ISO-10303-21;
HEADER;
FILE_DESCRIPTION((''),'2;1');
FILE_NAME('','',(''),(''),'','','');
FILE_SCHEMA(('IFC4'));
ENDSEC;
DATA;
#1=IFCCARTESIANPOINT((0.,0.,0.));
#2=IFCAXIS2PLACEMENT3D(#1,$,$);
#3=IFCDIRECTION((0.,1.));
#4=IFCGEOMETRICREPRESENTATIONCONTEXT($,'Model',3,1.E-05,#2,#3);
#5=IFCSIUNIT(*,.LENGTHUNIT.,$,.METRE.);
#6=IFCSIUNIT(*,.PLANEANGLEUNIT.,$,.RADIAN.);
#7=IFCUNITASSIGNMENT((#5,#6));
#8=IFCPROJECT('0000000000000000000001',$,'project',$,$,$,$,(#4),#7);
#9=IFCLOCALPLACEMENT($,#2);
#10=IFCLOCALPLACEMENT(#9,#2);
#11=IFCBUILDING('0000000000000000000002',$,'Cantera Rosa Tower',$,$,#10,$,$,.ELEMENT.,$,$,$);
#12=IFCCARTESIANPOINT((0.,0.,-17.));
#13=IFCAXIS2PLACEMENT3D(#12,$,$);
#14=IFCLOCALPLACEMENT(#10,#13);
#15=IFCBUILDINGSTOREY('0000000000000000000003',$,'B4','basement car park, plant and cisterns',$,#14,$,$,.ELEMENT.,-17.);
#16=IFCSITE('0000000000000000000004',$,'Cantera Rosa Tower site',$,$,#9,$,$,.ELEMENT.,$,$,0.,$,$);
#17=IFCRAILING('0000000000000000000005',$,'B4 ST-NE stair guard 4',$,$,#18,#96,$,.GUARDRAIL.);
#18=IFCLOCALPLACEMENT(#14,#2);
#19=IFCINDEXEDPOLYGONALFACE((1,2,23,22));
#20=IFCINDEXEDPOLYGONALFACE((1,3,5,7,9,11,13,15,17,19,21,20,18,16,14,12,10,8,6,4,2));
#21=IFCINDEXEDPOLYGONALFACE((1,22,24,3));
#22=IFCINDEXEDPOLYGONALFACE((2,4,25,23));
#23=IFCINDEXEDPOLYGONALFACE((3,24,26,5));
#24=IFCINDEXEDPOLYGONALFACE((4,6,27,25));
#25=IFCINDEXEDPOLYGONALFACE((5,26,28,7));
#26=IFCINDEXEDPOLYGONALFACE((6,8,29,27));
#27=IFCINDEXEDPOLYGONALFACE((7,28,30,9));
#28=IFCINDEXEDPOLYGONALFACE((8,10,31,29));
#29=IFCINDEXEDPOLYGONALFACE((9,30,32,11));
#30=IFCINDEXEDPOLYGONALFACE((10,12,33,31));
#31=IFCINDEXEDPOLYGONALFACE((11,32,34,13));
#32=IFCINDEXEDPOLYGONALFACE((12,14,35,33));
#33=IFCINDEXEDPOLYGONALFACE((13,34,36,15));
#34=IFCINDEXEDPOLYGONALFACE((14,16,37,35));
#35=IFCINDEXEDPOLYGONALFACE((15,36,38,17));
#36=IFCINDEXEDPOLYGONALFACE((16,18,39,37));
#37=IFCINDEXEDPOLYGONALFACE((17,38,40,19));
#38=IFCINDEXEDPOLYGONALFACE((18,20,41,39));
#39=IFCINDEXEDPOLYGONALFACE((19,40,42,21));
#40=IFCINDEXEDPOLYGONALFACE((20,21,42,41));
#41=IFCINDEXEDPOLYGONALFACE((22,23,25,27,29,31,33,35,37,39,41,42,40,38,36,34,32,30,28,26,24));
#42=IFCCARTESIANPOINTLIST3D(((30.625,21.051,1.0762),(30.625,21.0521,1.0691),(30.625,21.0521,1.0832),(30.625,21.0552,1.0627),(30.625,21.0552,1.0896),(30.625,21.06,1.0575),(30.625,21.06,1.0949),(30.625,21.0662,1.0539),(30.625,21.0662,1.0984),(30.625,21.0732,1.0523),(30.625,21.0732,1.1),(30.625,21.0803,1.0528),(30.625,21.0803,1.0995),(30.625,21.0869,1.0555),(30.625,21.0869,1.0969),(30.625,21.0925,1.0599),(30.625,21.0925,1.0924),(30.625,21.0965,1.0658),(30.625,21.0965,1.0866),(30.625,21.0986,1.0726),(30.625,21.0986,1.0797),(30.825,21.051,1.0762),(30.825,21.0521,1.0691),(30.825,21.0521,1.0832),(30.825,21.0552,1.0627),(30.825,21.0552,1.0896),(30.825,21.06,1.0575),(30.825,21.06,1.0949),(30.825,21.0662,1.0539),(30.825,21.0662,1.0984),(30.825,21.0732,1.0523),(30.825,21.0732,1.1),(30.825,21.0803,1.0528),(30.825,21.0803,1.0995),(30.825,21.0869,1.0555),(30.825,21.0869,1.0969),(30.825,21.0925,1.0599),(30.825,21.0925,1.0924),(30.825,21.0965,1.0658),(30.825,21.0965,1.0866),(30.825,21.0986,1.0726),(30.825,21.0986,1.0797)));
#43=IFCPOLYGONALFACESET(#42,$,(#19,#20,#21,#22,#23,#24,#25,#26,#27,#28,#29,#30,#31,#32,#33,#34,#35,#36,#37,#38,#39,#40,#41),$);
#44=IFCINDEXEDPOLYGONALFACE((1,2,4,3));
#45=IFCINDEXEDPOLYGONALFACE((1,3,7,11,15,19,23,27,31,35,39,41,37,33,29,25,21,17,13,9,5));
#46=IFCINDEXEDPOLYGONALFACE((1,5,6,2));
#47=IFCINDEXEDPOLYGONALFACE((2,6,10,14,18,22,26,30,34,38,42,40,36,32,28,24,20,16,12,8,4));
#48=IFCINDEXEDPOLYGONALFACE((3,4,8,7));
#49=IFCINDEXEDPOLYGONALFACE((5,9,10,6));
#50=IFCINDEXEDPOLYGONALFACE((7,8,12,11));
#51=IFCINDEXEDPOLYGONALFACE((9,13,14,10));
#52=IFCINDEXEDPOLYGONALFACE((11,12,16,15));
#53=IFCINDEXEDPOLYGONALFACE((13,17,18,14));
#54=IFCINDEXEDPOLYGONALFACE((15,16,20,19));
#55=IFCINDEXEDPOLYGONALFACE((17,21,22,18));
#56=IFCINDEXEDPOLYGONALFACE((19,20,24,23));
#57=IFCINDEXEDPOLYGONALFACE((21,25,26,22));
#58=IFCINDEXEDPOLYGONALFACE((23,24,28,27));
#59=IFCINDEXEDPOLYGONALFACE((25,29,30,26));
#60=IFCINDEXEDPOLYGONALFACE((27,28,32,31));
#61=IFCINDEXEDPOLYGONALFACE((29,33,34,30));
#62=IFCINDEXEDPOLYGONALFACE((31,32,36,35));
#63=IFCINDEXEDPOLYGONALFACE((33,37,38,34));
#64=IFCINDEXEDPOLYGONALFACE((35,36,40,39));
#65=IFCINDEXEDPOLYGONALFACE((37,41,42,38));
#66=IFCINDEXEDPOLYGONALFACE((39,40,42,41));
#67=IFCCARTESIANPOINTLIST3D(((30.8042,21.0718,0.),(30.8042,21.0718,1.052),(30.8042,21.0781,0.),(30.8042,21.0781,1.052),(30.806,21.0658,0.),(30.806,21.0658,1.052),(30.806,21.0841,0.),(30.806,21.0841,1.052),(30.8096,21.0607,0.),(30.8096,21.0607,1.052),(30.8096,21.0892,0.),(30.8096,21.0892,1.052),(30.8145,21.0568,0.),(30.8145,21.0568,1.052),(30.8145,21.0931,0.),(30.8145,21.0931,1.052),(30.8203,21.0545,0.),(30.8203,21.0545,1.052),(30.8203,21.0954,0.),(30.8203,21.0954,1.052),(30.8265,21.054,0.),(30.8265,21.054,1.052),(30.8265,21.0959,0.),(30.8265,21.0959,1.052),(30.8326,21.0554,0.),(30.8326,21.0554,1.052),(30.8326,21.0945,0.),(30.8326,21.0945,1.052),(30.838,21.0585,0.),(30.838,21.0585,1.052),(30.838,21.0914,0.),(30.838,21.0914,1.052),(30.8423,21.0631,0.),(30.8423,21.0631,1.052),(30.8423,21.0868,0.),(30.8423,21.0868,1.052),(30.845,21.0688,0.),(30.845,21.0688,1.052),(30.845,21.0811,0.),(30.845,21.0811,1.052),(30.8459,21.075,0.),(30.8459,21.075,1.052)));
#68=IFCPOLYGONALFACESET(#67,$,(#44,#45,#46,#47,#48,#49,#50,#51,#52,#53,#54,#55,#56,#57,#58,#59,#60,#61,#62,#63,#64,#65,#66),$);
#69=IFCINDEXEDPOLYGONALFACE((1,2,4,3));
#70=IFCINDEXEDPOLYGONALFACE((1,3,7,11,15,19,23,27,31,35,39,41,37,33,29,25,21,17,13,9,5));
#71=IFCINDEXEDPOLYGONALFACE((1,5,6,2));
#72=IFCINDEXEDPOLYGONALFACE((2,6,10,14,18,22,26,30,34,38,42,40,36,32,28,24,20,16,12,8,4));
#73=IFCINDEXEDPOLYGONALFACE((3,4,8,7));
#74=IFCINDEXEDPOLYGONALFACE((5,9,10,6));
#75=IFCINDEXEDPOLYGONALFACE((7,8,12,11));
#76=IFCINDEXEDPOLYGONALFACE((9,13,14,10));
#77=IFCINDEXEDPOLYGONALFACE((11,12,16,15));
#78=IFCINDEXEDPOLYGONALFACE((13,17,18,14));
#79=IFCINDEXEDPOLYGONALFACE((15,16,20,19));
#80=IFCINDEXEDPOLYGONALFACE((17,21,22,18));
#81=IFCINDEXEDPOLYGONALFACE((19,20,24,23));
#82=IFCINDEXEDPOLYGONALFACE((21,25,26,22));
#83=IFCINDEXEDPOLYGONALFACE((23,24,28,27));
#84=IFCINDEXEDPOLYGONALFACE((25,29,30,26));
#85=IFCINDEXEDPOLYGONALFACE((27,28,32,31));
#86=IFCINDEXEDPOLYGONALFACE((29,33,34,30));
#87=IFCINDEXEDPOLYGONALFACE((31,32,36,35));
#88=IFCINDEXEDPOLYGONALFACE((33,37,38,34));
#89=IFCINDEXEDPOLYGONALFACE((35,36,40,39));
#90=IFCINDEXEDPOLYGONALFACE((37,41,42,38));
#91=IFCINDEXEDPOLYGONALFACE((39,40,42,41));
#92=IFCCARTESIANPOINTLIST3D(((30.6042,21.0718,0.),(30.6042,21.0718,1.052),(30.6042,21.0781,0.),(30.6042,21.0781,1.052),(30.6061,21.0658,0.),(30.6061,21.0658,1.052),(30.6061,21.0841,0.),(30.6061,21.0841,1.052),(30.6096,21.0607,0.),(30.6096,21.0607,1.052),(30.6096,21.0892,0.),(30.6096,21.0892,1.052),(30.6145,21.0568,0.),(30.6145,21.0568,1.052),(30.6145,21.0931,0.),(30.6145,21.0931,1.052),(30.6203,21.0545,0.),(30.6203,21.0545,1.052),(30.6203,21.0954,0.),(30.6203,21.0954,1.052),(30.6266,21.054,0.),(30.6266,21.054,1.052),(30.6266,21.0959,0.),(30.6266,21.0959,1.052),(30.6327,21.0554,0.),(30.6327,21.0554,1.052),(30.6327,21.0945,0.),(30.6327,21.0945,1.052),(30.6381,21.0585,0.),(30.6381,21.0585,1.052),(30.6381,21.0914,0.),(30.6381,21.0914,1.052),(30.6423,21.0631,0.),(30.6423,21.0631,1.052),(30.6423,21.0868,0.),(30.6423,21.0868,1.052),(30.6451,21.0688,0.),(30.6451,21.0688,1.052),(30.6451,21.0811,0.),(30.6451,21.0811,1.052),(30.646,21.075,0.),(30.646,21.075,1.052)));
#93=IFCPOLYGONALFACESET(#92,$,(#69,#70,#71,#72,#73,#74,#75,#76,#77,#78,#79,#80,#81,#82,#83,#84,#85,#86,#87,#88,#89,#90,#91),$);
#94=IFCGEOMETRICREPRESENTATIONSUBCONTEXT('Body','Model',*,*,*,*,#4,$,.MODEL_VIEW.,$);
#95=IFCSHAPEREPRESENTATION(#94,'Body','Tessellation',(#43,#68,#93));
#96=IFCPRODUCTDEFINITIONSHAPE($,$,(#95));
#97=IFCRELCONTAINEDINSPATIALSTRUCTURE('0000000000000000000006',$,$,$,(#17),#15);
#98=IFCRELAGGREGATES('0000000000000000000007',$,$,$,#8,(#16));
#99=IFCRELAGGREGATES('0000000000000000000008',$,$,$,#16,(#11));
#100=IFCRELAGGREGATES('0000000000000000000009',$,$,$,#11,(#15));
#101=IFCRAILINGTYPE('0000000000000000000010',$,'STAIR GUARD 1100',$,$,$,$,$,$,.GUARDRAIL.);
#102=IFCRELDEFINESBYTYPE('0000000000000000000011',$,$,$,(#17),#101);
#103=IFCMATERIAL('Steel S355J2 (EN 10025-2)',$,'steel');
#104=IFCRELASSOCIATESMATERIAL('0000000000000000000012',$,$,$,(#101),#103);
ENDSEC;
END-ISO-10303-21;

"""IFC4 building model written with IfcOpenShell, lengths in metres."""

from ifc_helpers import new_model, si_unit, direction, frame, origin, origin_2d, place, context, subcontext, project, spatial, circle, extrude, material, type_object, element, save


model = new_model("IFC4")

# Units and contexts
model_context = context("Model", 3, precision=1e-05, world=origin(), true_north=direction((0.0, 1.0)))
body_context = subcontext(model_context, "Body", "Model", "MODEL_VIEW")
ifc_project = project(units=[si_unit("LENGTHUNIT", "METRE"), si_unit("PLANEANGLEUNIT", "RADIAN")], contexts=[model_context])

# Site, building, storey
site_placement = place(None, origin())
site = spatial("IfcSite", under=ifc_project, at=site_placement, Name="Cantera Rosa Tower site", CompositionType="ELEMENT", RefElevation=0.0)
building_placement = place(site_placement, origin())
building = spatial("IfcBuilding", under=site, at=building_placement, Name="Cantera Rosa Tower", CompositionType="ELEMENT")
storey_placement = place(building_placement, frame((0.0, 0.0, -17.0)))
storey = spatial("IfcBuildingStorey", under=building, at=storey_placement, Name="B4", Description="basement car park, plant and cisterns", CompositionType="ELEMENT", Elevation=-17.0)

# Railing
ifc_material_1 = material(Name="Steel S355J2 (EN 10025-2)", Category="steel")
railing_type_1 = type_object("IfcRailingType", Name="STAIR GUARD 1100", PredefinedType="GUARDRAIL", material=ifc_material_1)
railing_1_placement = place(storey_placement, frame((30.825, 21.075, 0.0)))
element("IfcRailing", 1, at=railing_1_placement, inside=storey, type_object=railing_type_1, Name="B4 ST-NE stair guard 4", PredefinedType="GUARDRAIL", context=body_context, shape_type="SweptSolid", body=[
    extrude(circle(Radius=0.0239, at=origin_2d()), frame((0.0, 0.0, 1.0762), z_axis=(-1.0, 0.0, 0.0), x_axis=(0.0, -1.0, 0.0)), (0.0, 0.0, 1.0), 0.2),
    extrude(circle(Radius=0.021, at=origin_2d()), origin(), (0.0, 0.0, 1.0), 1.052),
    extrude(circle(Radius=0.021, at=origin_2d()), frame((-0.2, 0.0, 0.0)), (0.0, 0.0, 1.0), 1.052),
])

save(model, "model.ifc")
